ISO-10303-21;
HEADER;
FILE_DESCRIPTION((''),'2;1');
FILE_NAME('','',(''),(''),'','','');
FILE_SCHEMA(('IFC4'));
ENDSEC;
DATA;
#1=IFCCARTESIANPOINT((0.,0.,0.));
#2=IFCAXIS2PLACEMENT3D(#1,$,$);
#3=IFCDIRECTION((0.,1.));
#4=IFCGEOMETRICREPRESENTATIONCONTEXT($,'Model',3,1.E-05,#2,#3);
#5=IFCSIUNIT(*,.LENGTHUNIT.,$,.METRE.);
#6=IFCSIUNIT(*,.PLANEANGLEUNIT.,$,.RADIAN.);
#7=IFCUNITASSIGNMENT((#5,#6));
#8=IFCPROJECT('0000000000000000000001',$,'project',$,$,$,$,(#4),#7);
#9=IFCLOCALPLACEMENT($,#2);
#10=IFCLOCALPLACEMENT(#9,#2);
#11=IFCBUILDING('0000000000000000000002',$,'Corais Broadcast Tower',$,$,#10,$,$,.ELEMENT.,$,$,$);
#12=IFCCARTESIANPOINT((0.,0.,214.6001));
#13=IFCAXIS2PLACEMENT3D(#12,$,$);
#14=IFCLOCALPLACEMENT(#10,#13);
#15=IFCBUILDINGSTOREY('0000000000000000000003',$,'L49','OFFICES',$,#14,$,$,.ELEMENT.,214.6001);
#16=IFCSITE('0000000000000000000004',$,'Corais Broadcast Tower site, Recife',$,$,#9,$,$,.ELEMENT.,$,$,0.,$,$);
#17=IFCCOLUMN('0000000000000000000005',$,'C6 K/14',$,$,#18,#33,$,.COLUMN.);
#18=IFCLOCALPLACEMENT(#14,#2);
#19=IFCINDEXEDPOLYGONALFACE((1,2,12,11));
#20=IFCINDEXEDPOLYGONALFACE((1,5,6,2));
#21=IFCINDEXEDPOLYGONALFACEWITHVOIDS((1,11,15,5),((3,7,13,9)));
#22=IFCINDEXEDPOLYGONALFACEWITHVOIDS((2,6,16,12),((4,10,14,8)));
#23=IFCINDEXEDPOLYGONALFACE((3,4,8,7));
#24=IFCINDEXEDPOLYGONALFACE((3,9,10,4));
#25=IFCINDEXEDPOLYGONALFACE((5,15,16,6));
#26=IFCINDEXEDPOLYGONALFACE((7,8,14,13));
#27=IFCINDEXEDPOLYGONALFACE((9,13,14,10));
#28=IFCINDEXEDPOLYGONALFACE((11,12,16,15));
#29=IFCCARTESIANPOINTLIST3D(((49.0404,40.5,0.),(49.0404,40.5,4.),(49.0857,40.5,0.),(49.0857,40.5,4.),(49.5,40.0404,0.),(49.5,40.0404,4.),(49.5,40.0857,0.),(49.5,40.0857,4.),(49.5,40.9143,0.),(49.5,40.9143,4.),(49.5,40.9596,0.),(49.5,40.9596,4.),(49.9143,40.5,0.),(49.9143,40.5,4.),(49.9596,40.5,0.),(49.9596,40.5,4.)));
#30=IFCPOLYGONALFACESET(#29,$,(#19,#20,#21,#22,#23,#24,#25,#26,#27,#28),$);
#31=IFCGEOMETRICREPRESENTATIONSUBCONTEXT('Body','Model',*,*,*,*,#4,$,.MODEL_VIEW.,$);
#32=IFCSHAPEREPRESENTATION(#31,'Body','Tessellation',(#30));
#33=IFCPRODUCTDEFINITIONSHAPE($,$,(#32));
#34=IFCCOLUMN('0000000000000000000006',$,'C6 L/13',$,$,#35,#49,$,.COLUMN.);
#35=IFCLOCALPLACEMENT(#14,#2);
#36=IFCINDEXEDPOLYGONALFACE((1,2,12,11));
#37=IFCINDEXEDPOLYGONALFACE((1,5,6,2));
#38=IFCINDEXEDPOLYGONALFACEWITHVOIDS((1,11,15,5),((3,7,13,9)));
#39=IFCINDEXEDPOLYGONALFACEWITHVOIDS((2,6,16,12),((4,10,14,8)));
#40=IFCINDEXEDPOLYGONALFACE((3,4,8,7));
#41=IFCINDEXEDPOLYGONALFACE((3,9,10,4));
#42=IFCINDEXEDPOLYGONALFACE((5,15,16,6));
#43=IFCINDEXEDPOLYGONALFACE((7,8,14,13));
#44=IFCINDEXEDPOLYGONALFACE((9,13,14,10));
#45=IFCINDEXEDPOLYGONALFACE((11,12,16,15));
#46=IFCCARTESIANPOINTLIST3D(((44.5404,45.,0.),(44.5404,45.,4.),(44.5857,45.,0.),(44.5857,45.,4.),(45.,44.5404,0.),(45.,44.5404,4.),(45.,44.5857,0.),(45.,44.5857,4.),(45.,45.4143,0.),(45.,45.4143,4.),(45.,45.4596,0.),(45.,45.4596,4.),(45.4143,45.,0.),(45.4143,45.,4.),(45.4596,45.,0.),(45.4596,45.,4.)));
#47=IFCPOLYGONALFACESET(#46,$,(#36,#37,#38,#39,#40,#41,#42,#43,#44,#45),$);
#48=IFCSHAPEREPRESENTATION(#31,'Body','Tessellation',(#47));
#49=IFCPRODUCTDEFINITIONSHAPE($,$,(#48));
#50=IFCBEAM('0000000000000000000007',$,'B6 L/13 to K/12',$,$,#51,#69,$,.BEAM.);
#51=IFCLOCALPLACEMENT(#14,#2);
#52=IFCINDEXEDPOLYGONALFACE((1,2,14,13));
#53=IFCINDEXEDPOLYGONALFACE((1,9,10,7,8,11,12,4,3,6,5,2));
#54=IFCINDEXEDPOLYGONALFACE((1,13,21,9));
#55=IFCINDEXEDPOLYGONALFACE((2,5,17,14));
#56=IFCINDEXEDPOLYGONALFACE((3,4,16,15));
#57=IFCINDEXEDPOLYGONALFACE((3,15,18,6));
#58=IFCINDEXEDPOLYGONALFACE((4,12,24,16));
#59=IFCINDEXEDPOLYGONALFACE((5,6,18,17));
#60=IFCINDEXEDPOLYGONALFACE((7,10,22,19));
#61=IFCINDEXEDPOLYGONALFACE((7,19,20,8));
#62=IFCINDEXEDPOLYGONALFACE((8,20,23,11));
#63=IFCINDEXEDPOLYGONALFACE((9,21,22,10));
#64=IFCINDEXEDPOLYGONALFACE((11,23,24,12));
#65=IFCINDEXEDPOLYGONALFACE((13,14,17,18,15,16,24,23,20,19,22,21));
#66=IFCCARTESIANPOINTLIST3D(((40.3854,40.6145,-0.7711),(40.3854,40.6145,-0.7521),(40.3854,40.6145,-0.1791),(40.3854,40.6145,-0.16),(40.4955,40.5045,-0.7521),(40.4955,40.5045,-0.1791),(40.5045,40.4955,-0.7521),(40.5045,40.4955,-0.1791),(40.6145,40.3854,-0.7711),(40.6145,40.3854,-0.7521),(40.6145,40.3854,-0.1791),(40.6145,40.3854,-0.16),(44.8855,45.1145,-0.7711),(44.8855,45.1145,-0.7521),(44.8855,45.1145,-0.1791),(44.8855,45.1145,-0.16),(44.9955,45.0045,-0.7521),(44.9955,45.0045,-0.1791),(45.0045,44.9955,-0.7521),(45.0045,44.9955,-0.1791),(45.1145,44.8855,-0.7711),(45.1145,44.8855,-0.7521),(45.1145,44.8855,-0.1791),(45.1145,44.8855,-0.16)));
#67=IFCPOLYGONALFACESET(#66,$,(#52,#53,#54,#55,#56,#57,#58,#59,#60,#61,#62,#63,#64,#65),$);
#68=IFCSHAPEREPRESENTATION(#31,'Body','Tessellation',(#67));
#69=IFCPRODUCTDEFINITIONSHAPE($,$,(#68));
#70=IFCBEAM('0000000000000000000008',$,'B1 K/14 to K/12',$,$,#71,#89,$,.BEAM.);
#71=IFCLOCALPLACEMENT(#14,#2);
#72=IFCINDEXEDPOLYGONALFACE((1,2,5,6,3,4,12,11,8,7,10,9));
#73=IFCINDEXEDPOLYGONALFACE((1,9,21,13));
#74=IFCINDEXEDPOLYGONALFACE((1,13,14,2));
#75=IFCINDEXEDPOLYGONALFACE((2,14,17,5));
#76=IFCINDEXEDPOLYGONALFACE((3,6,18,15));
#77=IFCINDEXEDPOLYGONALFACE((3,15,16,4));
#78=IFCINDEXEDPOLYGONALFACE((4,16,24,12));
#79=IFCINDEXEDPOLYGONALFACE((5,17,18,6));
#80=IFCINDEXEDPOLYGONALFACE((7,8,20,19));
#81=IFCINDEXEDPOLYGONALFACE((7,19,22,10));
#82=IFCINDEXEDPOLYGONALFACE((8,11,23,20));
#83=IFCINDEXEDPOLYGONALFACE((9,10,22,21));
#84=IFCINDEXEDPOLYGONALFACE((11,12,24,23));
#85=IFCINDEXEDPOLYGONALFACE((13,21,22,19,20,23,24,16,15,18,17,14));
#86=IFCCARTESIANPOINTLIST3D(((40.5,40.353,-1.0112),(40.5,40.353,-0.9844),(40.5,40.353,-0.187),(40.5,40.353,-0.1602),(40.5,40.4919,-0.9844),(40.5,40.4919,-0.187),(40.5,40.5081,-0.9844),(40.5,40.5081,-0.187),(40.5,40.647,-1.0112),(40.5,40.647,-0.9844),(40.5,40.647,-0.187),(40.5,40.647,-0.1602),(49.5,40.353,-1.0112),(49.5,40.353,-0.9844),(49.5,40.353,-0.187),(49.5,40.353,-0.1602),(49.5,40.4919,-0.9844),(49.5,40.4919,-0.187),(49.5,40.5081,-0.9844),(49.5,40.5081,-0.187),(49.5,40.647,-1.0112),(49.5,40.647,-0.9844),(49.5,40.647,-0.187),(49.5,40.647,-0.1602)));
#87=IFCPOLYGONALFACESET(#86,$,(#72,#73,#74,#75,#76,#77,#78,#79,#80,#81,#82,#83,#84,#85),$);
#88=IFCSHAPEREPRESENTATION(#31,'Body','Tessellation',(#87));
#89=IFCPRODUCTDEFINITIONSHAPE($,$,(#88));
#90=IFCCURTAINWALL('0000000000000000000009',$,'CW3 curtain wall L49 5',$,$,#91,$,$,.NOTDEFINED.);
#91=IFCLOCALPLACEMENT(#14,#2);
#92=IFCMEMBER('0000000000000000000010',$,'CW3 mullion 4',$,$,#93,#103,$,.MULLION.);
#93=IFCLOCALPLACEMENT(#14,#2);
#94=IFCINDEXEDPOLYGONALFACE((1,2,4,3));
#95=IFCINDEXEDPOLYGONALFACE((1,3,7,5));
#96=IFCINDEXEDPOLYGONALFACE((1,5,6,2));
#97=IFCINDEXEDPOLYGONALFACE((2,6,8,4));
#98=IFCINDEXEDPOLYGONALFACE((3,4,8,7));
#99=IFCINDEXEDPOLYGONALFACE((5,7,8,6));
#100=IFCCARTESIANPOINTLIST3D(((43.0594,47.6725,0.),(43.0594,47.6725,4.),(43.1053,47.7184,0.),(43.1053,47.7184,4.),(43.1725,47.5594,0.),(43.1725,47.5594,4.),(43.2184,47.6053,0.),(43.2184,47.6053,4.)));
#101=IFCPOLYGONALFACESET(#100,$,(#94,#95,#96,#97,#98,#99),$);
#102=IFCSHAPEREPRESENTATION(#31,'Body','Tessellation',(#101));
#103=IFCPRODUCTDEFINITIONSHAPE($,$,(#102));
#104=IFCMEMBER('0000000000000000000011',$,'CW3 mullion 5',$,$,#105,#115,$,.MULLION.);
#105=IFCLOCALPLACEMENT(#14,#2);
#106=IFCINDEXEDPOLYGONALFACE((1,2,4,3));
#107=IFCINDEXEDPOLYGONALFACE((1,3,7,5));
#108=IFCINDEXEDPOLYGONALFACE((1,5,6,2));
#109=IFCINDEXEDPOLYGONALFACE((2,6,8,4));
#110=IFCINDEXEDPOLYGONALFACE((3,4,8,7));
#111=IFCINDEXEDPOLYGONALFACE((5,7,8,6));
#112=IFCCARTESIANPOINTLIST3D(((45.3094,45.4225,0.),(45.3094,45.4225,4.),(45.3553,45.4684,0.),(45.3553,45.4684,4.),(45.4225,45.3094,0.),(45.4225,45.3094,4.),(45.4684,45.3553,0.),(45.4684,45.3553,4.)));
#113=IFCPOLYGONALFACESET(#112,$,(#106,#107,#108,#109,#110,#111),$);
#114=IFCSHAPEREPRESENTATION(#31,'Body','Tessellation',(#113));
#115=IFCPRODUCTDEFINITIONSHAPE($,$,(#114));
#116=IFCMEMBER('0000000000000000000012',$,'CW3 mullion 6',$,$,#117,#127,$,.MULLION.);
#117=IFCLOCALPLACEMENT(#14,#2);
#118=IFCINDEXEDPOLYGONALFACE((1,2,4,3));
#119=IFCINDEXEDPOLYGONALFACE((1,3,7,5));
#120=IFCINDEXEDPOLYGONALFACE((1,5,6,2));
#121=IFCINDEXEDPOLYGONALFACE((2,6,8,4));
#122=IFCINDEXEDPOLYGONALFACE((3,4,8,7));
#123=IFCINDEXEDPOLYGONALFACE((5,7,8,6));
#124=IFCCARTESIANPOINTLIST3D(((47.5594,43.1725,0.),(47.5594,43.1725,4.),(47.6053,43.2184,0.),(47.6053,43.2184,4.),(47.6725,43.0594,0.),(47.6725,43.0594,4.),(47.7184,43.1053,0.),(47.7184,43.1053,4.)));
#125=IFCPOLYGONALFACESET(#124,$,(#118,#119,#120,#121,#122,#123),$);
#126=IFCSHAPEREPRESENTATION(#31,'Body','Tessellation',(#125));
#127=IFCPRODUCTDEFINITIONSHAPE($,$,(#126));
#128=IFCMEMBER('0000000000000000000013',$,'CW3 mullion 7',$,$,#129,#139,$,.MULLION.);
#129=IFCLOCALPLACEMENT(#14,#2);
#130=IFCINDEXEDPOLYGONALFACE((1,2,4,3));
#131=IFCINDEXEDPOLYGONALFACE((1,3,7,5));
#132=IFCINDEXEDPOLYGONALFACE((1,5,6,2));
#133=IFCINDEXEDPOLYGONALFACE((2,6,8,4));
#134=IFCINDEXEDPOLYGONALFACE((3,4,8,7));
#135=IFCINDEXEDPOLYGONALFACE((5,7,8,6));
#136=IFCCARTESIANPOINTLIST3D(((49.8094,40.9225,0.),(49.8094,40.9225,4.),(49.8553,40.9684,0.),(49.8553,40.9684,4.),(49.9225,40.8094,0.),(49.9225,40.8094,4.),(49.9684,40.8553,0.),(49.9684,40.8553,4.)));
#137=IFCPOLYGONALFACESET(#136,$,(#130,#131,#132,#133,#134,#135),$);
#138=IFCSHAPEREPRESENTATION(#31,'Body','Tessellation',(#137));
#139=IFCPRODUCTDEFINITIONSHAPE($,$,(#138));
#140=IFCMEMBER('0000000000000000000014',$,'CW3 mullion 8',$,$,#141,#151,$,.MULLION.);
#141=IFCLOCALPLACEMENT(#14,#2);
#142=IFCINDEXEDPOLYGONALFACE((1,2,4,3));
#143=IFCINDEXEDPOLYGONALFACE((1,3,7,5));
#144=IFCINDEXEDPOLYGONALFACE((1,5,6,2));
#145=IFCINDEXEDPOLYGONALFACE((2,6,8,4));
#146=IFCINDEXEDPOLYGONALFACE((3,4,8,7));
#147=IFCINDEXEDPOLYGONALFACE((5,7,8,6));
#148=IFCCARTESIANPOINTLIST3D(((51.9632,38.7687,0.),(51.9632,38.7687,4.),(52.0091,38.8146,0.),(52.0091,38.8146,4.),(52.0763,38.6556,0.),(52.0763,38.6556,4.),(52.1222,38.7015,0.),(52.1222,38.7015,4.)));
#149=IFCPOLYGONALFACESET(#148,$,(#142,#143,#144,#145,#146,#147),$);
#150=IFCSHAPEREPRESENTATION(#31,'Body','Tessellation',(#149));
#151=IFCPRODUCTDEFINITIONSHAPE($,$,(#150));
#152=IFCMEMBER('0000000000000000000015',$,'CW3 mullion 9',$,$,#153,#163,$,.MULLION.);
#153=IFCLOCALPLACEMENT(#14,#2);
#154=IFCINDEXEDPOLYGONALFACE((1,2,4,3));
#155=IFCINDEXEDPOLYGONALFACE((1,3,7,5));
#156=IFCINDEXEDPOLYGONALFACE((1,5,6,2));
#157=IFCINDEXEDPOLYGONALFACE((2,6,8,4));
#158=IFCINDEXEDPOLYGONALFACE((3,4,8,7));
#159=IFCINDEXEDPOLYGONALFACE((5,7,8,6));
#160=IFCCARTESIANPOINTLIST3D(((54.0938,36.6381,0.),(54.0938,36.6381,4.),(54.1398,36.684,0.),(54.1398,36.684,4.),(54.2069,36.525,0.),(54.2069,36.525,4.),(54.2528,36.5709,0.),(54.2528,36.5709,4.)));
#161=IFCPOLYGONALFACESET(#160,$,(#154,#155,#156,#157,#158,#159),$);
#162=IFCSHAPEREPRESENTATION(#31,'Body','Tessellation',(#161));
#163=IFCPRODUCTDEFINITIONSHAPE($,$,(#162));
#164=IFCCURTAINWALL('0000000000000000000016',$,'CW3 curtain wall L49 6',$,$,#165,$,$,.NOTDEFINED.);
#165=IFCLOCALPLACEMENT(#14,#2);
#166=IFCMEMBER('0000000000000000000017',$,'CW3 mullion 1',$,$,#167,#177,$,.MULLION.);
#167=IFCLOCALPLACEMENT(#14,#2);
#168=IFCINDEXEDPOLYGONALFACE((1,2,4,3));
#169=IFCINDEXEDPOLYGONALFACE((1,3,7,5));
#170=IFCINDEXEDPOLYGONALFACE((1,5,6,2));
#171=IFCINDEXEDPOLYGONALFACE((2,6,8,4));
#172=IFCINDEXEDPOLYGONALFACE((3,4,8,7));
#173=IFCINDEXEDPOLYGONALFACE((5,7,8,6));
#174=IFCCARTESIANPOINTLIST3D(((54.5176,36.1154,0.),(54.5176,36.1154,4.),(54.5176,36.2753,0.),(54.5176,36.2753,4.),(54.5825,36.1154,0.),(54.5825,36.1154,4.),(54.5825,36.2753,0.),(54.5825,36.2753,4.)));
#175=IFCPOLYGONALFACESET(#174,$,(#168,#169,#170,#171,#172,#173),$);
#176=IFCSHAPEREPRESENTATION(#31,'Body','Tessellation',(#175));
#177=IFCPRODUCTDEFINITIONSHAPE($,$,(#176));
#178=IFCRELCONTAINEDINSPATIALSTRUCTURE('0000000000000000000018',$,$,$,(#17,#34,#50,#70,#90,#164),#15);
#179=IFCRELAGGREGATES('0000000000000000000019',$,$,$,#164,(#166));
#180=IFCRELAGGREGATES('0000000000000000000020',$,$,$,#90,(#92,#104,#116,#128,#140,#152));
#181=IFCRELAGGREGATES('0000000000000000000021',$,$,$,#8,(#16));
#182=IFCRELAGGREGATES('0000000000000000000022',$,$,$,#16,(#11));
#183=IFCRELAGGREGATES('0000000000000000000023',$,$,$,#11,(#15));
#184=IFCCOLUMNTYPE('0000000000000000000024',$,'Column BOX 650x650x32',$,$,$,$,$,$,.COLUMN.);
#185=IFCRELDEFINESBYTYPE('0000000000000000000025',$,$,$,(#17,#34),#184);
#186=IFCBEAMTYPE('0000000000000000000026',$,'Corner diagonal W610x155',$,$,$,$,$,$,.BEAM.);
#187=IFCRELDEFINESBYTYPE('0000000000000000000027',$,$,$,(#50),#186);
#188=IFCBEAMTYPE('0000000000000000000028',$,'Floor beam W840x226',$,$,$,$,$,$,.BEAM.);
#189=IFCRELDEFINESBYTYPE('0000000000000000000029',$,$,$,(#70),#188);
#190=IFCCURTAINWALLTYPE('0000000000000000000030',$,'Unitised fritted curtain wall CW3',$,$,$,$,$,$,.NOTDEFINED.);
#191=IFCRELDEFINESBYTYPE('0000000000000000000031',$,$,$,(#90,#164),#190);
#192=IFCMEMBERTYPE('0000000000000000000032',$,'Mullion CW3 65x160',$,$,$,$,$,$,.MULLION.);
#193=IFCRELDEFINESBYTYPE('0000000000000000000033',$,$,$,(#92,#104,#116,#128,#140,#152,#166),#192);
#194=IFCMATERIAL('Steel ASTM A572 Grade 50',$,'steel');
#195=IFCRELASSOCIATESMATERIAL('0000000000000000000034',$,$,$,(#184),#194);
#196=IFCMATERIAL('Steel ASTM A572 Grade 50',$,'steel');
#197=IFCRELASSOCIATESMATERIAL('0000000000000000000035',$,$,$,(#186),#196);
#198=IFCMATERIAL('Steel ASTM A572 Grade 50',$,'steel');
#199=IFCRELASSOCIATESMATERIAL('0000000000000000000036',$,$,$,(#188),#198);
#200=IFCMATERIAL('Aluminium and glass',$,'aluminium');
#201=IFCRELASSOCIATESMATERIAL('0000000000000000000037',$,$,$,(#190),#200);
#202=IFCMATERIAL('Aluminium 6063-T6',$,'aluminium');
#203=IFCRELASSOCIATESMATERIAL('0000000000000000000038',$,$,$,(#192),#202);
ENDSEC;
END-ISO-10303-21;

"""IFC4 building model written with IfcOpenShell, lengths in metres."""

from ifc_helpers import new_model, si_unit, direction, frame, origin, origin_2d, place, context, subcontext, project, spatial, rectangle, hollow_rectangle, i_section, extrude, material, material_profile, profile_set, type_object, element, aggregate, save


model = new_model("IFC4")

# Units and contexts
model_context = context("Model", 3, precision=1e-05, world=origin(), true_north=direction((0.0, 1.0)))
body_context = subcontext(model_context, "Body", "Model", "MODEL_VIEW")
ifc_project = project(units=[si_unit("LENGTHUNIT", "METRE"), si_unit("PLANEANGLEUNIT", "RADIAN")], contexts=[model_context])

# Site, building, storey
site_placement = place(None, origin())
site = spatial("IfcSite", under=ifc_project, at=site_placement, Name="Corais Broadcast Tower site, Recife", CompositionType="ELEMENT", RefElevation=0.0)
building_placement = place(site_placement, origin())
building = spatial("IfcBuilding", under=site, at=building_placement, Name="Corais Broadcast Tower", CompositionType="ELEMENT")
storey_placement = place(building_placement, frame((0.0, 0.0, 214.6001)))
storey = spatial("IfcBuildingStorey", under=building, at=storey_placement, Name="L49", Description="OFFICES", CompositionType="ELEMENT", Elevation=214.6001)

# Columns
ifc_material_1 = material(Name="Steel ASTM A572 Grade 50", Category="steel")
ifc_material_profile_1 = material_profile(ifc_material_1, hollow_rectangle(XDim=0.6499, YDim=0.6499, WallThickness=0.032, at=origin_2d()), Name="BOX 650x650x32")
ifc_profile_set_1 = profile_set([ifc_material_profile_1], Name="Steel ASTM A572 Grade 50")
column_type = type_object("IfcColumnType", Name="Column BOX 650x650x32", PredefinedType="COLUMN", material=ifc_profile_set_1)
for number, where, z_axis, x_axis, name in (
    (1, (49.5, 40.5, 0.0), (0.0, 0.0, 1.0), (0.707107, 0.707107, 0.0), "C6 K/14"),
    (2, (45.0, 45.0, 0.0), (0.0, 0.0, 1.0), (0.707107, 0.707107, 0.0), "C6 L/13"),
):
    element("IfcColumn", number, at=place(storey_placement, frame(where, z_axis=z_axis, x_axis=x_axis)), inside=storey, type_object=column_type, Name=name, PredefinedType="COLUMN", context=body_context, shape_type="SweptSolid", body=[
        extrude(hollow_rectangle(XDim=0.6499, YDim=0.6499, WallThickness=0.032, at=origin_2d()), origin(), (0.0, 0.0, 1.0), 4.0),
    ])

# Beams
ifc_material_2 = material(Name="Steel ASTM A572 Grade 50", Category="steel")
ifc_material_profile_2 = material_profile(ifc_material_2, i_section(OverallWidth=0.324, OverallDepth=0.6111, WebThickness=0.0127, FlangeThickness=0.019, at=origin_2d()), Name="W610x155")
ifc_profile_set_2 = profile_set([ifc_material_profile_2], Name="Steel ASTM A572 Grade 50")
beam_type_1 = type_object("IfcBeamType", Name="Corner diagonal W610x155", PredefinedType="BEAM", material=ifc_profile_set_2)
beam_1_placement = place(storey_placement, frame((45.0, 45.0, -0.4656), z_axis=(-0.707107, -0.707107, 0.0), x_axis=(0.707107, -0.707107, 0.0)))
element("IfcBeam", 3, at=beam_1_placement, inside=storey, type_object=beam_type_1, Name="B6 L/13 to K/12", PredefinedType="BEAM", context=body_context, shape_type="SweptSolid", body=[
    extrude(i_section(OverallWidth=0.324, OverallDepth=0.6111, WebThickness=0.0127, FlangeThickness=0.019, at=origin_2d()), origin(), (0.0, 0.0, 1.0), 6.364),
])
ifc_material_3 = material(Name="Steel ASTM A572 Grade 50", Category="steel")
ifc_material_profile_3 = material_profile(ifc_material_3, i_section(OverallWidth=0.2939, OverallDepth=0.8511, WebThickness=0.0161, FlangeThickness=0.0269, at=origin_2d()), Name="W840x226")
ifc_profile_set_3 = profile_set([ifc_material_profile_3], Name="Steel ASTM A572 Grade 50")
beam_type_2 = type_object("IfcBeamType", Name="Floor beam W840x226", PredefinedType="BEAM", material=ifc_profile_set_3)
beam_2_placement = place(storey_placement, frame((49.5, 40.5, -0.5857), z_axis=(-1.0, 0.0, 0.0), x_axis=(0.0, -1.0, 0.0)))
element("IfcBeam", 4, at=beam_2_placement, inside=storey, type_object=beam_type_2, Name="B1 K/14 to K/12", PredefinedType="BEAM", context=body_context, shape_type="SweptSolid", body=[
    extrude(i_section(OverallWidth=0.2939, OverallDepth=0.8511, WebThickness=0.0161, FlangeThickness=0.0269, at=origin_2d()), origin(), (0.0, 0.0, 1.0), 9.0),
])

# Curtain wall, members
ifc_material_4 = material(Name="Aluminium and glass", Category="aluminium")
curtain_wall_type = type_object("IfcCurtainWallType", Name="Unitised fritted curtain wall CW3", PredefinedType="NOTDEFINED", material=ifc_material_4)
curtain_wall_1_placement = place(storey_placement, origin())
curtain_wall_1 = element("IfcCurtainWall", 5, at=curtain_wall_1_placement, inside=storey, type_object=curtain_wall_type, Name="CW3 curtain wall L49 5", PredefinedType="NOTDEFINED")
ifc_material_5 = material(Name="Aluminium 6063-T6", Category="aluminium")
ifc_material_profile_4 = material_profile(ifc_material_5, rectangle(XDim=0.0649, YDim=0.1599, at=origin_2d()), Name="Mullion CW3 65x160")
ifc_profile_set_4 = profile_set([ifc_material_profile_4], Name="Aluminium 6063-T6")
member_type_1 = type_object("IfcMemberType", Name="Mullion CW3 65x160", PredefinedType="MULLION", material=ifc_profile_set_4)
member_1_placement = place(storey_placement, frame((43.1389, 47.6389, 0.0), z_axis=(0.0, 0.0, 1.0), x_axis=(0.707107, 0.707107, 0.0)))
member_1 = element("IfcMember", 6, at=member_1_placement, type_object=member_type_1, Name="CW3 mullion 4", PredefinedType="MULLION", context=body_context, shape_type="SweptSolid", body=[
    extrude(rectangle(XDim=0.0649, YDim=0.1599, at=origin_2d()), origin(), (0.0, 0.0, 1.0), 4.0),
])
member_2_placement = place(storey_placement, frame((45.3889, 45.3889, 0.0), z_axis=(0.0, 0.0, 1.0), x_axis=(0.707107, 0.707107, 0.0)))
member_2 = element("IfcMember", 7, at=member_2_placement, type_object=member_type_1, Name="CW3 mullion 5", PredefinedType="MULLION", context=body_context, shape_type="SweptSolid", body=[
    extrude(rectangle(XDim=0.0649, YDim=0.1599, at=origin_2d()), origin(), (0.0, 0.0, 1.0), 4.0),
])
member_3_placement = place(storey_placement, frame((47.6389, 43.1389, 0.0), z_axis=(0.0, 0.0, 1.0), x_axis=(0.707107, 0.707107, 0.0)))
member_3 = element("IfcMember", 8, at=member_3_placement, type_object=member_type_1, Name="CW3 mullion 6", PredefinedType="MULLION", context=body_context, shape_type="SweptSolid", body=[
    extrude(rectangle(XDim=0.0649, YDim=0.1599, at=origin_2d()), origin(), (0.0, 0.0, 1.0), 4.0),
])
member_4_placement = place(storey_placement, frame((49.8889, 40.8889, 0.0), z_axis=(0.0, 0.0, 1.0), x_axis=(0.707107, 0.707107, 0.0)))
member_4 = element("IfcMember", 9, at=member_4_placement, type_object=member_type_1, Name="CW3 mullion 7", PredefinedType="MULLION", context=body_context, shape_type="SweptSolid", body=[
    extrude(rectangle(XDim=0.0649, YDim=0.1599, at=origin_2d()), origin(), (0.0, 0.0, 1.0), 4.0),
])
member_5_placement = place(storey_placement, frame((52.0427, 38.7351, 0.0), z_axis=(0.0, 0.0, 1.0), x_axis=(0.707107, 0.707107, 0.0)))
member_5 = element("IfcMember", 10, at=member_5_placement, type_object=member_type_1, Name="CW3 mullion 8", PredefinedType="MULLION", context=body_context, shape_type="SweptSolid", body=[
    extrude(rectangle(XDim=0.0649, YDim=0.1599, at=origin_2d()), origin(), (0.0, 0.0, 1.0), 4.0),
])
member_6_placement = place(storey_placement, frame((54.1733, 36.6045, 0.0), z_axis=(0.0, 0.0, 1.0), x_axis=(0.707107, 0.707107, 0.0)))
member_6 = element("IfcMember", 11, at=member_6_placement, type_object=member_type_1, Name="CW3 mullion 9", PredefinedType="MULLION", context=body_context, shape_type="SweptSolid", body=[
    extrude(rectangle(XDim=0.0649, YDim=0.1599, at=origin_2d()), origin(), (0.0, 0.0, 1.0), 4.0),
])

# Curtain wall, member
curtain_wall_2_placement = place(storey_placement, origin())
curtain_wall_2 = element("IfcCurtainWall", 12, at=curtain_wall_2_placement, inside=storey, type_object=curtain_wall_type, Name="CW3 curtain wall L49 6", PredefinedType="NOTDEFINED")
member_7_placement = place(storey_placement, frame((54.55, 36.1953, 0.0), z_axis=(0.0, 0.0, 1.0), x_axis=(1.0, 0.0, 0.0)))
member_7 = element("IfcMember", 13, at=member_7_placement, type_object=member_type_1, Name="CW3 mullion 1", PredefinedType="MULLION", context=body_context, shape_type="SweptSolid", body=[
    extrude(rectangle(XDim=0.0649, YDim=0.1599, at=origin_2d()), origin(), (0.0, 0.0, 1.0), 4.0),
])
aggregate(curtain_wall_2, [member_7])

aggregate(curtain_wall_1, [member_1, member_2, member_3, member_4, member_5, member_6])

save(model, "model.ifc")
